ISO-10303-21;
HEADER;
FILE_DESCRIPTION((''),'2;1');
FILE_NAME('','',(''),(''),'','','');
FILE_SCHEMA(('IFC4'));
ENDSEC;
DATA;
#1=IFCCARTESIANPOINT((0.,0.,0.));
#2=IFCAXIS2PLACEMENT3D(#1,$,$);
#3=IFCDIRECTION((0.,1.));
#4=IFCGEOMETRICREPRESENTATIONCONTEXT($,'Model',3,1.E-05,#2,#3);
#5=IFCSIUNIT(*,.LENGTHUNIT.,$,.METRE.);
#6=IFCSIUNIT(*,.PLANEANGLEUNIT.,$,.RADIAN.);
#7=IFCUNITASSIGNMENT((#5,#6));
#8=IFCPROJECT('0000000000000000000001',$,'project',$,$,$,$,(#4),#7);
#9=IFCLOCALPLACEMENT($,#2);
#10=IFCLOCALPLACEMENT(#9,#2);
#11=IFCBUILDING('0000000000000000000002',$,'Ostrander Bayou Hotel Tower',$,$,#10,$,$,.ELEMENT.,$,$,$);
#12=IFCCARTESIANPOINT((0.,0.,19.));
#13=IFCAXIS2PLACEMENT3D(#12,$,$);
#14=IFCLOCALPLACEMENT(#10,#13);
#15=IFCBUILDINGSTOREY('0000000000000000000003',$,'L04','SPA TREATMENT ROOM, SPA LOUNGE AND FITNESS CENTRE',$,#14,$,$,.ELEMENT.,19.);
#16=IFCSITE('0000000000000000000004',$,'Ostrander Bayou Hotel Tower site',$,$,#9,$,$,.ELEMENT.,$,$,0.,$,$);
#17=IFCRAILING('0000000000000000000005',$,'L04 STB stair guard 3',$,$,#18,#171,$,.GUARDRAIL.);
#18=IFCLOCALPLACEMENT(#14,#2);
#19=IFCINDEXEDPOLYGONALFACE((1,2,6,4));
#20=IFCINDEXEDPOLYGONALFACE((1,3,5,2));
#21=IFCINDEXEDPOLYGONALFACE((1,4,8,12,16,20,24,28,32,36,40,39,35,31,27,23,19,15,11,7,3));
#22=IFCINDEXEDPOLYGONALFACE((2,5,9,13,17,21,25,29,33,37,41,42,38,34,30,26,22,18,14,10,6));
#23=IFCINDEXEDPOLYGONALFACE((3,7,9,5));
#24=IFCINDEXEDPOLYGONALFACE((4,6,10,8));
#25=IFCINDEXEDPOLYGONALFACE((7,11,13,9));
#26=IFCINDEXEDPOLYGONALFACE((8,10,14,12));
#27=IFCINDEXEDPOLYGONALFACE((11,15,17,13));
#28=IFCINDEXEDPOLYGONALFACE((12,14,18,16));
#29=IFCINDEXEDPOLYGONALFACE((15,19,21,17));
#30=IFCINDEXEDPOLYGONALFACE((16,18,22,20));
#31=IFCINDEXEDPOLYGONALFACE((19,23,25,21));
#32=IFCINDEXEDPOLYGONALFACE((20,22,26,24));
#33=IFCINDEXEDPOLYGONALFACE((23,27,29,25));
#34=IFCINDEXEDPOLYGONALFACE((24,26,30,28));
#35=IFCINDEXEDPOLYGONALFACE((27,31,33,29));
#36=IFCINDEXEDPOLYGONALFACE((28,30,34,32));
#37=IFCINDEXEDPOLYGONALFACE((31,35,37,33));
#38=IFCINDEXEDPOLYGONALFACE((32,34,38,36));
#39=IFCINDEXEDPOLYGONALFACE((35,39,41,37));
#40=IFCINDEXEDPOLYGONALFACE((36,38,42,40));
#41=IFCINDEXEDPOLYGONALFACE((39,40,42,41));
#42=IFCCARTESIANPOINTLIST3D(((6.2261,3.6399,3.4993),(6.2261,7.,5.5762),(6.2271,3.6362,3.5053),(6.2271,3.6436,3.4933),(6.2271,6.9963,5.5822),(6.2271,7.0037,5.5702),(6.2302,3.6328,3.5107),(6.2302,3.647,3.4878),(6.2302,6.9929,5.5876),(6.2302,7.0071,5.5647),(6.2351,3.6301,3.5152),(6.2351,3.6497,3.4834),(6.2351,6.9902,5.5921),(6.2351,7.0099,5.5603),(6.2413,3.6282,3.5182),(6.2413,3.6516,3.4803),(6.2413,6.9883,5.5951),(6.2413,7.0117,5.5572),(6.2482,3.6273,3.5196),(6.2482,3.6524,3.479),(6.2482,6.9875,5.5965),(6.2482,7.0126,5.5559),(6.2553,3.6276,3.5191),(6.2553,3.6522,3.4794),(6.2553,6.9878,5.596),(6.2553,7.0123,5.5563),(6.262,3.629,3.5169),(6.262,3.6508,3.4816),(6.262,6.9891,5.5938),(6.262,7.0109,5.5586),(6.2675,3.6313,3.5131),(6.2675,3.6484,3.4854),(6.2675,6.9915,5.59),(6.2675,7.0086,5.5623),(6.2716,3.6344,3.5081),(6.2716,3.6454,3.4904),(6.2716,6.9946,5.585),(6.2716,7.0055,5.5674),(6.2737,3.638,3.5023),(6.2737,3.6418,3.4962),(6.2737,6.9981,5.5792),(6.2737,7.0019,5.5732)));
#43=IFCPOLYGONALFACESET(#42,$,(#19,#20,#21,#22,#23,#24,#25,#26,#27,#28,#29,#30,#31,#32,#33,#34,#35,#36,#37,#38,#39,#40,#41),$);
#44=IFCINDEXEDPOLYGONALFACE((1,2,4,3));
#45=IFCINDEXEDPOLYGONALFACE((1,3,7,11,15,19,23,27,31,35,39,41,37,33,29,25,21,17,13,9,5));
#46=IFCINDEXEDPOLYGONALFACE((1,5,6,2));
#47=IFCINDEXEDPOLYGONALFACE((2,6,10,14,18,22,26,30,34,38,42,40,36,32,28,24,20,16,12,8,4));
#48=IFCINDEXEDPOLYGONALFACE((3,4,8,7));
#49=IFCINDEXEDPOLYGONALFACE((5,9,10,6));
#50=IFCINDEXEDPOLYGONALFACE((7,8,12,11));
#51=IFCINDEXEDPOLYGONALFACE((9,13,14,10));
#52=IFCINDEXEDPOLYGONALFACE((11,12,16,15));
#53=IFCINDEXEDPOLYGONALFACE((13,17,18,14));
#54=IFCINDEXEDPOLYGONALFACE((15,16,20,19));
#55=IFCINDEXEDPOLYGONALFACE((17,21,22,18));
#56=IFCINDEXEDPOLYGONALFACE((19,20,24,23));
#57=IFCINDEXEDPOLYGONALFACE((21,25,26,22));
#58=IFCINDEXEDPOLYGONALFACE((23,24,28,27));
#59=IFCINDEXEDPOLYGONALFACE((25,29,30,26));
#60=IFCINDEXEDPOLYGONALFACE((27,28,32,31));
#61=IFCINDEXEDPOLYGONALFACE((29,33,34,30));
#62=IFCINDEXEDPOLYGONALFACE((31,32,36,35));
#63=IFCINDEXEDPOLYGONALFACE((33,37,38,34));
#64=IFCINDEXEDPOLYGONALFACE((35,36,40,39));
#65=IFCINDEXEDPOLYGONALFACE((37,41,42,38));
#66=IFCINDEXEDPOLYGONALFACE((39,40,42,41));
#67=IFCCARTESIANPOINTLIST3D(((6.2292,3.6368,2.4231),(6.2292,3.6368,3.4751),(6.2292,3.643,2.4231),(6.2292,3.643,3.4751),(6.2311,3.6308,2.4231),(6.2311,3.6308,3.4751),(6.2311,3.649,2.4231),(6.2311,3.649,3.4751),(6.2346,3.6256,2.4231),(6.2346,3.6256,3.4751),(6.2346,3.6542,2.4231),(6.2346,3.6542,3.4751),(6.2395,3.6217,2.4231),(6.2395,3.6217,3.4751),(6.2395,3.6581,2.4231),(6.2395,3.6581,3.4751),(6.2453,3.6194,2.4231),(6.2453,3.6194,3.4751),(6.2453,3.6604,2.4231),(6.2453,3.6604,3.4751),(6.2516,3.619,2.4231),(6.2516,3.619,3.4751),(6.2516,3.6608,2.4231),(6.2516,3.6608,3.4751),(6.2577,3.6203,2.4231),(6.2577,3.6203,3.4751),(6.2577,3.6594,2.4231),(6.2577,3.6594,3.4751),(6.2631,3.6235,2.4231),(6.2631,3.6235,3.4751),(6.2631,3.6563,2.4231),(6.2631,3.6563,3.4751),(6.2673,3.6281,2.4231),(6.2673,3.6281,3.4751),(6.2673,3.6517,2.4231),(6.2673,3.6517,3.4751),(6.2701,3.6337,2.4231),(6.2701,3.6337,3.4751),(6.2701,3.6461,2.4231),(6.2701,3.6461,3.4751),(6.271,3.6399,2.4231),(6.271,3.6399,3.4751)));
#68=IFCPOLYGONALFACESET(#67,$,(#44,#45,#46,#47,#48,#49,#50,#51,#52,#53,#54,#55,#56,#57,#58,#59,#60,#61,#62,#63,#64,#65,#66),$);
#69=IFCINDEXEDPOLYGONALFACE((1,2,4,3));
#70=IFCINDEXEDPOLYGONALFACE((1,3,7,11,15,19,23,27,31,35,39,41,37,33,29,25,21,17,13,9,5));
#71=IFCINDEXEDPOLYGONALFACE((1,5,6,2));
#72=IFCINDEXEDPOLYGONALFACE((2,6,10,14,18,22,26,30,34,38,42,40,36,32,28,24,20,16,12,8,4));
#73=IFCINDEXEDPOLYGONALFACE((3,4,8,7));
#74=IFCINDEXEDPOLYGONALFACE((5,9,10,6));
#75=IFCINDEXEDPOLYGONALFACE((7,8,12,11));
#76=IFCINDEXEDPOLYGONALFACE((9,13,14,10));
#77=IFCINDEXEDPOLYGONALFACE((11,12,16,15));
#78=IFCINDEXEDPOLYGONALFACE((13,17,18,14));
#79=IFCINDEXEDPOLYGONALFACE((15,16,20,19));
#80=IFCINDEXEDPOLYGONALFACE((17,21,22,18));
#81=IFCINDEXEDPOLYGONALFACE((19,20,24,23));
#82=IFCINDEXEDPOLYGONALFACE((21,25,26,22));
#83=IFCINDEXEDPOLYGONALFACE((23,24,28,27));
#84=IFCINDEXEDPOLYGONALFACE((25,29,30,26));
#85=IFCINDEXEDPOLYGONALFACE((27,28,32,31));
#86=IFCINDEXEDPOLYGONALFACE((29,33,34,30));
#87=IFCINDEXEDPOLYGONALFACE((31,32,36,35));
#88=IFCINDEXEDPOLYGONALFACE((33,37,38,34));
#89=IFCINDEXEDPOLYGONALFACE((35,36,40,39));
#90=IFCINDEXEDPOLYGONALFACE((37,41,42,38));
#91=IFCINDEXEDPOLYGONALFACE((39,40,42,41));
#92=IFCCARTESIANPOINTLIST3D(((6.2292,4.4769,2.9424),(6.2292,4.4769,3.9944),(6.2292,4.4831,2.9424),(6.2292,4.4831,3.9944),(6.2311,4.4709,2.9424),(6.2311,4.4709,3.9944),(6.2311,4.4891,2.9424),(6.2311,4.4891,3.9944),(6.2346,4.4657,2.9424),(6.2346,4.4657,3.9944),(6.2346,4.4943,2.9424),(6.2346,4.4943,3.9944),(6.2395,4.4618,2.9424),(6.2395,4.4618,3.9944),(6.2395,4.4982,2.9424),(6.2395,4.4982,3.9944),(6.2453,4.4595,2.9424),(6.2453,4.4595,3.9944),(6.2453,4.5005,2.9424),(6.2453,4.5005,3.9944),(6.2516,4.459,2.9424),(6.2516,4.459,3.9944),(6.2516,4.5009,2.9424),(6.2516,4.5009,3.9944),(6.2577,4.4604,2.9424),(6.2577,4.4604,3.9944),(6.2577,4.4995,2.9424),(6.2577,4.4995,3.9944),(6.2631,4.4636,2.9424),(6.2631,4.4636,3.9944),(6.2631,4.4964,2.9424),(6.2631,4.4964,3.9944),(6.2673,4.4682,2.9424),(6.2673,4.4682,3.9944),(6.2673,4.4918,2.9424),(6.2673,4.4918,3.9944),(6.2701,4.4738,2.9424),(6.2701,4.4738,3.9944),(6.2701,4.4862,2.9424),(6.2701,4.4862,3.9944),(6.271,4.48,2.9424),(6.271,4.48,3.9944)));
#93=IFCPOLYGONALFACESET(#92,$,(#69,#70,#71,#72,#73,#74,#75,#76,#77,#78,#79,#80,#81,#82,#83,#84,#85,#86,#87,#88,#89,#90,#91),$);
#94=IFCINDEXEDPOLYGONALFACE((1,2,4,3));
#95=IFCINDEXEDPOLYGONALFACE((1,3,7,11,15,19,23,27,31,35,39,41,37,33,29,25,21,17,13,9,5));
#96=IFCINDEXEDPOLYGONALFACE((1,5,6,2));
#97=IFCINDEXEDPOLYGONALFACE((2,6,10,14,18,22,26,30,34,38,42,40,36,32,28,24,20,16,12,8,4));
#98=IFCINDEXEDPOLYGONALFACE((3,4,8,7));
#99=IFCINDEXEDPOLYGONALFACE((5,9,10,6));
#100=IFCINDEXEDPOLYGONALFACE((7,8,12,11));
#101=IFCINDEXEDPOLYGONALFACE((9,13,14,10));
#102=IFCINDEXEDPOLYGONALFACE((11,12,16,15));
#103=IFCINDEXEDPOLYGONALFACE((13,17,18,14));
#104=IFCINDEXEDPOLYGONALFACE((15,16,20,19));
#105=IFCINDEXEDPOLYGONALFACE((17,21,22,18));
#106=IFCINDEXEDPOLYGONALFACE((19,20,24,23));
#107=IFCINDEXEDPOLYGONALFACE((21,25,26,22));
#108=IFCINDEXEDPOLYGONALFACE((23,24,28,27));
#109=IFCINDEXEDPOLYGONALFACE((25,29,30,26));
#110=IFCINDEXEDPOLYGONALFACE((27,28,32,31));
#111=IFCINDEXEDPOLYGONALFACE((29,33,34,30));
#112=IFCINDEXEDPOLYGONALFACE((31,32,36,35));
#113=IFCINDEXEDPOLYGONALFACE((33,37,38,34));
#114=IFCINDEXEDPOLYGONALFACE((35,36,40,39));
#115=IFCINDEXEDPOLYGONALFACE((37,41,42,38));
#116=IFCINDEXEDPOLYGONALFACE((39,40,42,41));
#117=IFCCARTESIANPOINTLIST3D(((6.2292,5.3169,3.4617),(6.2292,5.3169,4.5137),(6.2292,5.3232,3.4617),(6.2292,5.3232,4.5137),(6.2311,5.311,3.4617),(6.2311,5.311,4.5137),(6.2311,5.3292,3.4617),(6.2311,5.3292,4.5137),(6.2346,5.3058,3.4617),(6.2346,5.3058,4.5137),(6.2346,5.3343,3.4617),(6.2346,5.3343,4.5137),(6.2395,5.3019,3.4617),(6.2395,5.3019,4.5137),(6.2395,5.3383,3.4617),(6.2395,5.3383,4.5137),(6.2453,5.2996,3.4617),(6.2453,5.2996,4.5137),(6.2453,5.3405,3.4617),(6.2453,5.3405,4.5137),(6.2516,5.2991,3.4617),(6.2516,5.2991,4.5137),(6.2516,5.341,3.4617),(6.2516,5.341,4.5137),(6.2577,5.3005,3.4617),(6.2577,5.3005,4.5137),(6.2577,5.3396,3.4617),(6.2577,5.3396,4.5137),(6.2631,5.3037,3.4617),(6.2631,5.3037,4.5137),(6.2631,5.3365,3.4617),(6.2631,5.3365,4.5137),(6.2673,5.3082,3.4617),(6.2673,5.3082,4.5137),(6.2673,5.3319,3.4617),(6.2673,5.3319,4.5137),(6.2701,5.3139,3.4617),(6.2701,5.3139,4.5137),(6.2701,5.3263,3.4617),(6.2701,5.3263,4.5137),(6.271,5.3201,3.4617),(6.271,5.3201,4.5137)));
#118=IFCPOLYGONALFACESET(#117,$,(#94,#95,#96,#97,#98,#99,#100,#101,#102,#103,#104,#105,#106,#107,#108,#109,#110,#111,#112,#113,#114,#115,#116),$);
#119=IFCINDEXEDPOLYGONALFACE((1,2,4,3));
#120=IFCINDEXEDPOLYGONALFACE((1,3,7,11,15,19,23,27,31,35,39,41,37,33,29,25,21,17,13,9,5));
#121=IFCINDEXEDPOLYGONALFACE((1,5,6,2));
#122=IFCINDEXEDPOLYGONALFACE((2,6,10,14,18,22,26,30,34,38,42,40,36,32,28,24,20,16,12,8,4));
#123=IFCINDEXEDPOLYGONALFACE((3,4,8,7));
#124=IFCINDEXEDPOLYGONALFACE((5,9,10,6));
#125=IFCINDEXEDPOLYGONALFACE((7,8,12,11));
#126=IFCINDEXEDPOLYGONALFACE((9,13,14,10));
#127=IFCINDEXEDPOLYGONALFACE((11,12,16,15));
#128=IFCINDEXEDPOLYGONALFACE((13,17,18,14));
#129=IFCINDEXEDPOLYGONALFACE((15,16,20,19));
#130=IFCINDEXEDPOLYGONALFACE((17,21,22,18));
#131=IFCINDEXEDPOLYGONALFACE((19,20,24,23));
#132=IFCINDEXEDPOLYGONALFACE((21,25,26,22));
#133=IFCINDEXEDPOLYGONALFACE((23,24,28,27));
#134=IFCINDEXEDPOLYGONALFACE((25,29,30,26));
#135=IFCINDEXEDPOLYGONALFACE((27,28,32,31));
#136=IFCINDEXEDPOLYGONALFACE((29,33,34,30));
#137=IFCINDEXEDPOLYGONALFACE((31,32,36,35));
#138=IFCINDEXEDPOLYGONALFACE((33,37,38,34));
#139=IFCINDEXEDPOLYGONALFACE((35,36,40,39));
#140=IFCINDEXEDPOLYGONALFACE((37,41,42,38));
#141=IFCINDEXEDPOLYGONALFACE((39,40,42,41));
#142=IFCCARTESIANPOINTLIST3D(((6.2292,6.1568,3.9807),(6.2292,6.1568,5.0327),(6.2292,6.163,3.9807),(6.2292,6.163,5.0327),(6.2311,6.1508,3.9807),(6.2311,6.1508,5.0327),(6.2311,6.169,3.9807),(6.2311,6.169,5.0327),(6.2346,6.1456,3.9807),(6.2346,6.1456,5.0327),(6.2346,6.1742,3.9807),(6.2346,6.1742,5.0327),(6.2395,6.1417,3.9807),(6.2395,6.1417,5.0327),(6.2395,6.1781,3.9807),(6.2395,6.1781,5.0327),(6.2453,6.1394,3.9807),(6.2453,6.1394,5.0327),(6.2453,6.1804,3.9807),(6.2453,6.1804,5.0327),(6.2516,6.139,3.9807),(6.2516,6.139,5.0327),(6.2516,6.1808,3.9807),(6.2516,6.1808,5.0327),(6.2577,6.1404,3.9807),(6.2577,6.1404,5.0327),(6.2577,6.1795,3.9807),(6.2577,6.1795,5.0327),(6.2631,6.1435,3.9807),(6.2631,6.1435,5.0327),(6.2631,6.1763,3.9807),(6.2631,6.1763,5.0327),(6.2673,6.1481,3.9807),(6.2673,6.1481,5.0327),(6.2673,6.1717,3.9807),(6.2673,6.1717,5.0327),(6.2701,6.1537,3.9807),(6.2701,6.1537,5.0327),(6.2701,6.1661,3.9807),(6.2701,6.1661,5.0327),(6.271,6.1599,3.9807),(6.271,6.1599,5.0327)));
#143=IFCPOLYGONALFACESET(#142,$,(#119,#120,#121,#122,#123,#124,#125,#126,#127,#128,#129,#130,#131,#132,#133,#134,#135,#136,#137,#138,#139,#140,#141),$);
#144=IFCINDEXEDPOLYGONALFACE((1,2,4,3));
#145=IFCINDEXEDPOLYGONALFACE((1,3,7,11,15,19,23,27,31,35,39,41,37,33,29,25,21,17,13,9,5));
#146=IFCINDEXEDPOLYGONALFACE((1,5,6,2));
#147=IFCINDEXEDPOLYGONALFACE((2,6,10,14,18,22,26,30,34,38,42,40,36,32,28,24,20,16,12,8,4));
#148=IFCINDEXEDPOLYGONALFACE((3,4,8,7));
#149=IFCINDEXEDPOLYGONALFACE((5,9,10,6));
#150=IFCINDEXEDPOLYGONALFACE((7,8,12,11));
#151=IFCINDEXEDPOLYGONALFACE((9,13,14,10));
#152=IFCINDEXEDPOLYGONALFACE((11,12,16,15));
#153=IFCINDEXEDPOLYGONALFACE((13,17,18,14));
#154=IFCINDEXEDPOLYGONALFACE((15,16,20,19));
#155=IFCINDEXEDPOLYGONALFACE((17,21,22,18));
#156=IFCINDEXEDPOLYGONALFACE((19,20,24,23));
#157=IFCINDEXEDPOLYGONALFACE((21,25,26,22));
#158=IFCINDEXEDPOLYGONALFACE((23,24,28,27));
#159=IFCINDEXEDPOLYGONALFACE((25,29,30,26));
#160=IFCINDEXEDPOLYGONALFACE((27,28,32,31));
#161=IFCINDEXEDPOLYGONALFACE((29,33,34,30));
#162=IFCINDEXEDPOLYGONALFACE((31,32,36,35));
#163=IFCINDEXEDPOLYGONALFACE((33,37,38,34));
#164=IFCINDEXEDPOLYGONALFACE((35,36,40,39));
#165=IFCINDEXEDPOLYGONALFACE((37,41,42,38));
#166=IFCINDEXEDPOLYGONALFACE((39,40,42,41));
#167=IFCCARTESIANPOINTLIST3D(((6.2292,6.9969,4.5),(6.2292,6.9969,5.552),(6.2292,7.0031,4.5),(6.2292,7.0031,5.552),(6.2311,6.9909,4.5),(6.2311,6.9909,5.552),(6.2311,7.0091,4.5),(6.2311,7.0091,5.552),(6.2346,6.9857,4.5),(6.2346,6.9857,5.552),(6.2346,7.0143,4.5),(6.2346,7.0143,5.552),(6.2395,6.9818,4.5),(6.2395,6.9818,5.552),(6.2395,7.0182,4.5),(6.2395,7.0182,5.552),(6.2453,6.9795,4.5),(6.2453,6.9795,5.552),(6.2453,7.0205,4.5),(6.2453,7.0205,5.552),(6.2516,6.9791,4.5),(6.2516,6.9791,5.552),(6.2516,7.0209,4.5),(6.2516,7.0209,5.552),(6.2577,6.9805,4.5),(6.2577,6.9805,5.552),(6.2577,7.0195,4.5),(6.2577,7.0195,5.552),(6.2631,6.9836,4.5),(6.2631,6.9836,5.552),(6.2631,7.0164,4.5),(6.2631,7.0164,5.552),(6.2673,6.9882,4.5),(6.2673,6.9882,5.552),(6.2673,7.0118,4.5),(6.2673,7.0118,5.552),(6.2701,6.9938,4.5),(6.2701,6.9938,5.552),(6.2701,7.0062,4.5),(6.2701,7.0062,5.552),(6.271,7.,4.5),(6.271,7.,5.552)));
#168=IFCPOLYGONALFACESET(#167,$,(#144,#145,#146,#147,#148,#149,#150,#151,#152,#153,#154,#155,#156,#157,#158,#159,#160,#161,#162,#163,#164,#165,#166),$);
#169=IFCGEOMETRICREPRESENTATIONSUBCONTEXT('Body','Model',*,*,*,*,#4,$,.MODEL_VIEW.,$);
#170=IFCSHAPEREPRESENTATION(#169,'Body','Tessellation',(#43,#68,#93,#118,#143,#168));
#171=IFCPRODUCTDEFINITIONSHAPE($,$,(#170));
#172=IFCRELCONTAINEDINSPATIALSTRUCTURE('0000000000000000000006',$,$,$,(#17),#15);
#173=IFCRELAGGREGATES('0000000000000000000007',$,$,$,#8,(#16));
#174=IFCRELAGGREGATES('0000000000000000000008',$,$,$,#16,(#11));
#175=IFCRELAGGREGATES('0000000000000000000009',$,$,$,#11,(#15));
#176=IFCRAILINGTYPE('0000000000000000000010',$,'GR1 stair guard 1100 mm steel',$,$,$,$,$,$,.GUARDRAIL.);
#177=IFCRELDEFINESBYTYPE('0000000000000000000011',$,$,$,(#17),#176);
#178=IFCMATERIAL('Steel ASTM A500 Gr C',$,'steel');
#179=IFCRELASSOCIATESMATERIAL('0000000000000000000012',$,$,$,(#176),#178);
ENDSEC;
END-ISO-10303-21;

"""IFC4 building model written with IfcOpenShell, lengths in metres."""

from ifc_helpers import new_model, si_unit, direction, frame, origin, origin_2d, place, context, subcontext, project, spatial, circle, extrude, material, type_object, element, save


model = new_model("IFC4")

# Units and contexts
model_context = context("Model", 3, precision=1e-05, world=origin(), true_north=direction((0.0, 1.0)))
body_context = subcontext(model_context, "Body", "Model", "MODEL_VIEW")
ifc_project = project(units=[si_unit("LENGTHUNIT", "METRE"), si_unit("PLANEANGLEUNIT", "RADIAN")], contexts=[model_context])

# Site, building, storey
site_placement = place(None, origin())
site = spatial("IfcSite", under=ifc_project, at=site_placement, Name="Ostrander Bayou Hotel Tower site", CompositionType="ELEMENT", RefElevation=0.0)
building_placement = place(site_placement, origin())
building = spatial("IfcBuilding", under=site, at=building_placement, Name="Ostrander Bayou Hotel Tower", CompositionType="ELEMENT")
storey_placement = place(building_placement, frame((0.0, 0.0, 19.0)))
storey = spatial("IfcBuildingStorey", under=building, at=storey_placement, Name="L04", Description="SPA TREATMENT ROOM, SPA LOUNGE AND FITNESS CENTRE", CompositionType="ELEMENT", Elevation=19.0)

# Railing
ifc_material_1 = material(Name="Steel ASTM A500 Gr C", Category="steel")
railing_type_1 = type_object("IfcRailingType", Name="GR1 stair guard 1100 mm steel", PredefinedType="GUARDRAIL", material=ifc_material_1)
railing_1_placement = place(storey_placement, frame((6.25, 3.6399, 2.4231)))
element("IfcRailing", 1, at=railing_1_placement, inside=storey, type_object=railing_type_1, Name="L04 STB stair guard 3", PredefinedType="GUARDRAIL", context=body_context, shape_type="SweptSolid", body=[
    extrude(circle(Radius=0.0239, at=origin_2d()), frame((0.0, 0.0, 1.0762), z_axis=(0.0, 0.850623, 0.525776), x_axis=(-1.0, 0.0, 0.0)), (0.0, 0.0, 1.0), 3.9502),
    extrude(circle(Radius=0.021, at=origin_2d()), origin(), (0.0, 0.0, 1.0), 1.052),
    extrude(circle(Radius=0.021, at=origin_2d()), frame((0.0, 0.8401, 0.5193)), (0.0, 0.0, 1.0), 1.052),
    extrude(circle(Radius=0.021, at=origin_2d()), frame((0.0, 1.6802, 1.0386)), (0.0, 0.0, 1.0), 1.052),
    extrude(circle(Radius=0.021, at=origin_2d()), frame((0.0, 2.52, 1.5576)), (0.0, 0.0, 1.0), 1.052),
    extrude(circle(Radius=0.021, at=origin_2d()), frame((0.0, 3.3601, 2.0769)), (0.0, 0.0, 1.0), 1.052),
])

save(model, "model.ifc")
